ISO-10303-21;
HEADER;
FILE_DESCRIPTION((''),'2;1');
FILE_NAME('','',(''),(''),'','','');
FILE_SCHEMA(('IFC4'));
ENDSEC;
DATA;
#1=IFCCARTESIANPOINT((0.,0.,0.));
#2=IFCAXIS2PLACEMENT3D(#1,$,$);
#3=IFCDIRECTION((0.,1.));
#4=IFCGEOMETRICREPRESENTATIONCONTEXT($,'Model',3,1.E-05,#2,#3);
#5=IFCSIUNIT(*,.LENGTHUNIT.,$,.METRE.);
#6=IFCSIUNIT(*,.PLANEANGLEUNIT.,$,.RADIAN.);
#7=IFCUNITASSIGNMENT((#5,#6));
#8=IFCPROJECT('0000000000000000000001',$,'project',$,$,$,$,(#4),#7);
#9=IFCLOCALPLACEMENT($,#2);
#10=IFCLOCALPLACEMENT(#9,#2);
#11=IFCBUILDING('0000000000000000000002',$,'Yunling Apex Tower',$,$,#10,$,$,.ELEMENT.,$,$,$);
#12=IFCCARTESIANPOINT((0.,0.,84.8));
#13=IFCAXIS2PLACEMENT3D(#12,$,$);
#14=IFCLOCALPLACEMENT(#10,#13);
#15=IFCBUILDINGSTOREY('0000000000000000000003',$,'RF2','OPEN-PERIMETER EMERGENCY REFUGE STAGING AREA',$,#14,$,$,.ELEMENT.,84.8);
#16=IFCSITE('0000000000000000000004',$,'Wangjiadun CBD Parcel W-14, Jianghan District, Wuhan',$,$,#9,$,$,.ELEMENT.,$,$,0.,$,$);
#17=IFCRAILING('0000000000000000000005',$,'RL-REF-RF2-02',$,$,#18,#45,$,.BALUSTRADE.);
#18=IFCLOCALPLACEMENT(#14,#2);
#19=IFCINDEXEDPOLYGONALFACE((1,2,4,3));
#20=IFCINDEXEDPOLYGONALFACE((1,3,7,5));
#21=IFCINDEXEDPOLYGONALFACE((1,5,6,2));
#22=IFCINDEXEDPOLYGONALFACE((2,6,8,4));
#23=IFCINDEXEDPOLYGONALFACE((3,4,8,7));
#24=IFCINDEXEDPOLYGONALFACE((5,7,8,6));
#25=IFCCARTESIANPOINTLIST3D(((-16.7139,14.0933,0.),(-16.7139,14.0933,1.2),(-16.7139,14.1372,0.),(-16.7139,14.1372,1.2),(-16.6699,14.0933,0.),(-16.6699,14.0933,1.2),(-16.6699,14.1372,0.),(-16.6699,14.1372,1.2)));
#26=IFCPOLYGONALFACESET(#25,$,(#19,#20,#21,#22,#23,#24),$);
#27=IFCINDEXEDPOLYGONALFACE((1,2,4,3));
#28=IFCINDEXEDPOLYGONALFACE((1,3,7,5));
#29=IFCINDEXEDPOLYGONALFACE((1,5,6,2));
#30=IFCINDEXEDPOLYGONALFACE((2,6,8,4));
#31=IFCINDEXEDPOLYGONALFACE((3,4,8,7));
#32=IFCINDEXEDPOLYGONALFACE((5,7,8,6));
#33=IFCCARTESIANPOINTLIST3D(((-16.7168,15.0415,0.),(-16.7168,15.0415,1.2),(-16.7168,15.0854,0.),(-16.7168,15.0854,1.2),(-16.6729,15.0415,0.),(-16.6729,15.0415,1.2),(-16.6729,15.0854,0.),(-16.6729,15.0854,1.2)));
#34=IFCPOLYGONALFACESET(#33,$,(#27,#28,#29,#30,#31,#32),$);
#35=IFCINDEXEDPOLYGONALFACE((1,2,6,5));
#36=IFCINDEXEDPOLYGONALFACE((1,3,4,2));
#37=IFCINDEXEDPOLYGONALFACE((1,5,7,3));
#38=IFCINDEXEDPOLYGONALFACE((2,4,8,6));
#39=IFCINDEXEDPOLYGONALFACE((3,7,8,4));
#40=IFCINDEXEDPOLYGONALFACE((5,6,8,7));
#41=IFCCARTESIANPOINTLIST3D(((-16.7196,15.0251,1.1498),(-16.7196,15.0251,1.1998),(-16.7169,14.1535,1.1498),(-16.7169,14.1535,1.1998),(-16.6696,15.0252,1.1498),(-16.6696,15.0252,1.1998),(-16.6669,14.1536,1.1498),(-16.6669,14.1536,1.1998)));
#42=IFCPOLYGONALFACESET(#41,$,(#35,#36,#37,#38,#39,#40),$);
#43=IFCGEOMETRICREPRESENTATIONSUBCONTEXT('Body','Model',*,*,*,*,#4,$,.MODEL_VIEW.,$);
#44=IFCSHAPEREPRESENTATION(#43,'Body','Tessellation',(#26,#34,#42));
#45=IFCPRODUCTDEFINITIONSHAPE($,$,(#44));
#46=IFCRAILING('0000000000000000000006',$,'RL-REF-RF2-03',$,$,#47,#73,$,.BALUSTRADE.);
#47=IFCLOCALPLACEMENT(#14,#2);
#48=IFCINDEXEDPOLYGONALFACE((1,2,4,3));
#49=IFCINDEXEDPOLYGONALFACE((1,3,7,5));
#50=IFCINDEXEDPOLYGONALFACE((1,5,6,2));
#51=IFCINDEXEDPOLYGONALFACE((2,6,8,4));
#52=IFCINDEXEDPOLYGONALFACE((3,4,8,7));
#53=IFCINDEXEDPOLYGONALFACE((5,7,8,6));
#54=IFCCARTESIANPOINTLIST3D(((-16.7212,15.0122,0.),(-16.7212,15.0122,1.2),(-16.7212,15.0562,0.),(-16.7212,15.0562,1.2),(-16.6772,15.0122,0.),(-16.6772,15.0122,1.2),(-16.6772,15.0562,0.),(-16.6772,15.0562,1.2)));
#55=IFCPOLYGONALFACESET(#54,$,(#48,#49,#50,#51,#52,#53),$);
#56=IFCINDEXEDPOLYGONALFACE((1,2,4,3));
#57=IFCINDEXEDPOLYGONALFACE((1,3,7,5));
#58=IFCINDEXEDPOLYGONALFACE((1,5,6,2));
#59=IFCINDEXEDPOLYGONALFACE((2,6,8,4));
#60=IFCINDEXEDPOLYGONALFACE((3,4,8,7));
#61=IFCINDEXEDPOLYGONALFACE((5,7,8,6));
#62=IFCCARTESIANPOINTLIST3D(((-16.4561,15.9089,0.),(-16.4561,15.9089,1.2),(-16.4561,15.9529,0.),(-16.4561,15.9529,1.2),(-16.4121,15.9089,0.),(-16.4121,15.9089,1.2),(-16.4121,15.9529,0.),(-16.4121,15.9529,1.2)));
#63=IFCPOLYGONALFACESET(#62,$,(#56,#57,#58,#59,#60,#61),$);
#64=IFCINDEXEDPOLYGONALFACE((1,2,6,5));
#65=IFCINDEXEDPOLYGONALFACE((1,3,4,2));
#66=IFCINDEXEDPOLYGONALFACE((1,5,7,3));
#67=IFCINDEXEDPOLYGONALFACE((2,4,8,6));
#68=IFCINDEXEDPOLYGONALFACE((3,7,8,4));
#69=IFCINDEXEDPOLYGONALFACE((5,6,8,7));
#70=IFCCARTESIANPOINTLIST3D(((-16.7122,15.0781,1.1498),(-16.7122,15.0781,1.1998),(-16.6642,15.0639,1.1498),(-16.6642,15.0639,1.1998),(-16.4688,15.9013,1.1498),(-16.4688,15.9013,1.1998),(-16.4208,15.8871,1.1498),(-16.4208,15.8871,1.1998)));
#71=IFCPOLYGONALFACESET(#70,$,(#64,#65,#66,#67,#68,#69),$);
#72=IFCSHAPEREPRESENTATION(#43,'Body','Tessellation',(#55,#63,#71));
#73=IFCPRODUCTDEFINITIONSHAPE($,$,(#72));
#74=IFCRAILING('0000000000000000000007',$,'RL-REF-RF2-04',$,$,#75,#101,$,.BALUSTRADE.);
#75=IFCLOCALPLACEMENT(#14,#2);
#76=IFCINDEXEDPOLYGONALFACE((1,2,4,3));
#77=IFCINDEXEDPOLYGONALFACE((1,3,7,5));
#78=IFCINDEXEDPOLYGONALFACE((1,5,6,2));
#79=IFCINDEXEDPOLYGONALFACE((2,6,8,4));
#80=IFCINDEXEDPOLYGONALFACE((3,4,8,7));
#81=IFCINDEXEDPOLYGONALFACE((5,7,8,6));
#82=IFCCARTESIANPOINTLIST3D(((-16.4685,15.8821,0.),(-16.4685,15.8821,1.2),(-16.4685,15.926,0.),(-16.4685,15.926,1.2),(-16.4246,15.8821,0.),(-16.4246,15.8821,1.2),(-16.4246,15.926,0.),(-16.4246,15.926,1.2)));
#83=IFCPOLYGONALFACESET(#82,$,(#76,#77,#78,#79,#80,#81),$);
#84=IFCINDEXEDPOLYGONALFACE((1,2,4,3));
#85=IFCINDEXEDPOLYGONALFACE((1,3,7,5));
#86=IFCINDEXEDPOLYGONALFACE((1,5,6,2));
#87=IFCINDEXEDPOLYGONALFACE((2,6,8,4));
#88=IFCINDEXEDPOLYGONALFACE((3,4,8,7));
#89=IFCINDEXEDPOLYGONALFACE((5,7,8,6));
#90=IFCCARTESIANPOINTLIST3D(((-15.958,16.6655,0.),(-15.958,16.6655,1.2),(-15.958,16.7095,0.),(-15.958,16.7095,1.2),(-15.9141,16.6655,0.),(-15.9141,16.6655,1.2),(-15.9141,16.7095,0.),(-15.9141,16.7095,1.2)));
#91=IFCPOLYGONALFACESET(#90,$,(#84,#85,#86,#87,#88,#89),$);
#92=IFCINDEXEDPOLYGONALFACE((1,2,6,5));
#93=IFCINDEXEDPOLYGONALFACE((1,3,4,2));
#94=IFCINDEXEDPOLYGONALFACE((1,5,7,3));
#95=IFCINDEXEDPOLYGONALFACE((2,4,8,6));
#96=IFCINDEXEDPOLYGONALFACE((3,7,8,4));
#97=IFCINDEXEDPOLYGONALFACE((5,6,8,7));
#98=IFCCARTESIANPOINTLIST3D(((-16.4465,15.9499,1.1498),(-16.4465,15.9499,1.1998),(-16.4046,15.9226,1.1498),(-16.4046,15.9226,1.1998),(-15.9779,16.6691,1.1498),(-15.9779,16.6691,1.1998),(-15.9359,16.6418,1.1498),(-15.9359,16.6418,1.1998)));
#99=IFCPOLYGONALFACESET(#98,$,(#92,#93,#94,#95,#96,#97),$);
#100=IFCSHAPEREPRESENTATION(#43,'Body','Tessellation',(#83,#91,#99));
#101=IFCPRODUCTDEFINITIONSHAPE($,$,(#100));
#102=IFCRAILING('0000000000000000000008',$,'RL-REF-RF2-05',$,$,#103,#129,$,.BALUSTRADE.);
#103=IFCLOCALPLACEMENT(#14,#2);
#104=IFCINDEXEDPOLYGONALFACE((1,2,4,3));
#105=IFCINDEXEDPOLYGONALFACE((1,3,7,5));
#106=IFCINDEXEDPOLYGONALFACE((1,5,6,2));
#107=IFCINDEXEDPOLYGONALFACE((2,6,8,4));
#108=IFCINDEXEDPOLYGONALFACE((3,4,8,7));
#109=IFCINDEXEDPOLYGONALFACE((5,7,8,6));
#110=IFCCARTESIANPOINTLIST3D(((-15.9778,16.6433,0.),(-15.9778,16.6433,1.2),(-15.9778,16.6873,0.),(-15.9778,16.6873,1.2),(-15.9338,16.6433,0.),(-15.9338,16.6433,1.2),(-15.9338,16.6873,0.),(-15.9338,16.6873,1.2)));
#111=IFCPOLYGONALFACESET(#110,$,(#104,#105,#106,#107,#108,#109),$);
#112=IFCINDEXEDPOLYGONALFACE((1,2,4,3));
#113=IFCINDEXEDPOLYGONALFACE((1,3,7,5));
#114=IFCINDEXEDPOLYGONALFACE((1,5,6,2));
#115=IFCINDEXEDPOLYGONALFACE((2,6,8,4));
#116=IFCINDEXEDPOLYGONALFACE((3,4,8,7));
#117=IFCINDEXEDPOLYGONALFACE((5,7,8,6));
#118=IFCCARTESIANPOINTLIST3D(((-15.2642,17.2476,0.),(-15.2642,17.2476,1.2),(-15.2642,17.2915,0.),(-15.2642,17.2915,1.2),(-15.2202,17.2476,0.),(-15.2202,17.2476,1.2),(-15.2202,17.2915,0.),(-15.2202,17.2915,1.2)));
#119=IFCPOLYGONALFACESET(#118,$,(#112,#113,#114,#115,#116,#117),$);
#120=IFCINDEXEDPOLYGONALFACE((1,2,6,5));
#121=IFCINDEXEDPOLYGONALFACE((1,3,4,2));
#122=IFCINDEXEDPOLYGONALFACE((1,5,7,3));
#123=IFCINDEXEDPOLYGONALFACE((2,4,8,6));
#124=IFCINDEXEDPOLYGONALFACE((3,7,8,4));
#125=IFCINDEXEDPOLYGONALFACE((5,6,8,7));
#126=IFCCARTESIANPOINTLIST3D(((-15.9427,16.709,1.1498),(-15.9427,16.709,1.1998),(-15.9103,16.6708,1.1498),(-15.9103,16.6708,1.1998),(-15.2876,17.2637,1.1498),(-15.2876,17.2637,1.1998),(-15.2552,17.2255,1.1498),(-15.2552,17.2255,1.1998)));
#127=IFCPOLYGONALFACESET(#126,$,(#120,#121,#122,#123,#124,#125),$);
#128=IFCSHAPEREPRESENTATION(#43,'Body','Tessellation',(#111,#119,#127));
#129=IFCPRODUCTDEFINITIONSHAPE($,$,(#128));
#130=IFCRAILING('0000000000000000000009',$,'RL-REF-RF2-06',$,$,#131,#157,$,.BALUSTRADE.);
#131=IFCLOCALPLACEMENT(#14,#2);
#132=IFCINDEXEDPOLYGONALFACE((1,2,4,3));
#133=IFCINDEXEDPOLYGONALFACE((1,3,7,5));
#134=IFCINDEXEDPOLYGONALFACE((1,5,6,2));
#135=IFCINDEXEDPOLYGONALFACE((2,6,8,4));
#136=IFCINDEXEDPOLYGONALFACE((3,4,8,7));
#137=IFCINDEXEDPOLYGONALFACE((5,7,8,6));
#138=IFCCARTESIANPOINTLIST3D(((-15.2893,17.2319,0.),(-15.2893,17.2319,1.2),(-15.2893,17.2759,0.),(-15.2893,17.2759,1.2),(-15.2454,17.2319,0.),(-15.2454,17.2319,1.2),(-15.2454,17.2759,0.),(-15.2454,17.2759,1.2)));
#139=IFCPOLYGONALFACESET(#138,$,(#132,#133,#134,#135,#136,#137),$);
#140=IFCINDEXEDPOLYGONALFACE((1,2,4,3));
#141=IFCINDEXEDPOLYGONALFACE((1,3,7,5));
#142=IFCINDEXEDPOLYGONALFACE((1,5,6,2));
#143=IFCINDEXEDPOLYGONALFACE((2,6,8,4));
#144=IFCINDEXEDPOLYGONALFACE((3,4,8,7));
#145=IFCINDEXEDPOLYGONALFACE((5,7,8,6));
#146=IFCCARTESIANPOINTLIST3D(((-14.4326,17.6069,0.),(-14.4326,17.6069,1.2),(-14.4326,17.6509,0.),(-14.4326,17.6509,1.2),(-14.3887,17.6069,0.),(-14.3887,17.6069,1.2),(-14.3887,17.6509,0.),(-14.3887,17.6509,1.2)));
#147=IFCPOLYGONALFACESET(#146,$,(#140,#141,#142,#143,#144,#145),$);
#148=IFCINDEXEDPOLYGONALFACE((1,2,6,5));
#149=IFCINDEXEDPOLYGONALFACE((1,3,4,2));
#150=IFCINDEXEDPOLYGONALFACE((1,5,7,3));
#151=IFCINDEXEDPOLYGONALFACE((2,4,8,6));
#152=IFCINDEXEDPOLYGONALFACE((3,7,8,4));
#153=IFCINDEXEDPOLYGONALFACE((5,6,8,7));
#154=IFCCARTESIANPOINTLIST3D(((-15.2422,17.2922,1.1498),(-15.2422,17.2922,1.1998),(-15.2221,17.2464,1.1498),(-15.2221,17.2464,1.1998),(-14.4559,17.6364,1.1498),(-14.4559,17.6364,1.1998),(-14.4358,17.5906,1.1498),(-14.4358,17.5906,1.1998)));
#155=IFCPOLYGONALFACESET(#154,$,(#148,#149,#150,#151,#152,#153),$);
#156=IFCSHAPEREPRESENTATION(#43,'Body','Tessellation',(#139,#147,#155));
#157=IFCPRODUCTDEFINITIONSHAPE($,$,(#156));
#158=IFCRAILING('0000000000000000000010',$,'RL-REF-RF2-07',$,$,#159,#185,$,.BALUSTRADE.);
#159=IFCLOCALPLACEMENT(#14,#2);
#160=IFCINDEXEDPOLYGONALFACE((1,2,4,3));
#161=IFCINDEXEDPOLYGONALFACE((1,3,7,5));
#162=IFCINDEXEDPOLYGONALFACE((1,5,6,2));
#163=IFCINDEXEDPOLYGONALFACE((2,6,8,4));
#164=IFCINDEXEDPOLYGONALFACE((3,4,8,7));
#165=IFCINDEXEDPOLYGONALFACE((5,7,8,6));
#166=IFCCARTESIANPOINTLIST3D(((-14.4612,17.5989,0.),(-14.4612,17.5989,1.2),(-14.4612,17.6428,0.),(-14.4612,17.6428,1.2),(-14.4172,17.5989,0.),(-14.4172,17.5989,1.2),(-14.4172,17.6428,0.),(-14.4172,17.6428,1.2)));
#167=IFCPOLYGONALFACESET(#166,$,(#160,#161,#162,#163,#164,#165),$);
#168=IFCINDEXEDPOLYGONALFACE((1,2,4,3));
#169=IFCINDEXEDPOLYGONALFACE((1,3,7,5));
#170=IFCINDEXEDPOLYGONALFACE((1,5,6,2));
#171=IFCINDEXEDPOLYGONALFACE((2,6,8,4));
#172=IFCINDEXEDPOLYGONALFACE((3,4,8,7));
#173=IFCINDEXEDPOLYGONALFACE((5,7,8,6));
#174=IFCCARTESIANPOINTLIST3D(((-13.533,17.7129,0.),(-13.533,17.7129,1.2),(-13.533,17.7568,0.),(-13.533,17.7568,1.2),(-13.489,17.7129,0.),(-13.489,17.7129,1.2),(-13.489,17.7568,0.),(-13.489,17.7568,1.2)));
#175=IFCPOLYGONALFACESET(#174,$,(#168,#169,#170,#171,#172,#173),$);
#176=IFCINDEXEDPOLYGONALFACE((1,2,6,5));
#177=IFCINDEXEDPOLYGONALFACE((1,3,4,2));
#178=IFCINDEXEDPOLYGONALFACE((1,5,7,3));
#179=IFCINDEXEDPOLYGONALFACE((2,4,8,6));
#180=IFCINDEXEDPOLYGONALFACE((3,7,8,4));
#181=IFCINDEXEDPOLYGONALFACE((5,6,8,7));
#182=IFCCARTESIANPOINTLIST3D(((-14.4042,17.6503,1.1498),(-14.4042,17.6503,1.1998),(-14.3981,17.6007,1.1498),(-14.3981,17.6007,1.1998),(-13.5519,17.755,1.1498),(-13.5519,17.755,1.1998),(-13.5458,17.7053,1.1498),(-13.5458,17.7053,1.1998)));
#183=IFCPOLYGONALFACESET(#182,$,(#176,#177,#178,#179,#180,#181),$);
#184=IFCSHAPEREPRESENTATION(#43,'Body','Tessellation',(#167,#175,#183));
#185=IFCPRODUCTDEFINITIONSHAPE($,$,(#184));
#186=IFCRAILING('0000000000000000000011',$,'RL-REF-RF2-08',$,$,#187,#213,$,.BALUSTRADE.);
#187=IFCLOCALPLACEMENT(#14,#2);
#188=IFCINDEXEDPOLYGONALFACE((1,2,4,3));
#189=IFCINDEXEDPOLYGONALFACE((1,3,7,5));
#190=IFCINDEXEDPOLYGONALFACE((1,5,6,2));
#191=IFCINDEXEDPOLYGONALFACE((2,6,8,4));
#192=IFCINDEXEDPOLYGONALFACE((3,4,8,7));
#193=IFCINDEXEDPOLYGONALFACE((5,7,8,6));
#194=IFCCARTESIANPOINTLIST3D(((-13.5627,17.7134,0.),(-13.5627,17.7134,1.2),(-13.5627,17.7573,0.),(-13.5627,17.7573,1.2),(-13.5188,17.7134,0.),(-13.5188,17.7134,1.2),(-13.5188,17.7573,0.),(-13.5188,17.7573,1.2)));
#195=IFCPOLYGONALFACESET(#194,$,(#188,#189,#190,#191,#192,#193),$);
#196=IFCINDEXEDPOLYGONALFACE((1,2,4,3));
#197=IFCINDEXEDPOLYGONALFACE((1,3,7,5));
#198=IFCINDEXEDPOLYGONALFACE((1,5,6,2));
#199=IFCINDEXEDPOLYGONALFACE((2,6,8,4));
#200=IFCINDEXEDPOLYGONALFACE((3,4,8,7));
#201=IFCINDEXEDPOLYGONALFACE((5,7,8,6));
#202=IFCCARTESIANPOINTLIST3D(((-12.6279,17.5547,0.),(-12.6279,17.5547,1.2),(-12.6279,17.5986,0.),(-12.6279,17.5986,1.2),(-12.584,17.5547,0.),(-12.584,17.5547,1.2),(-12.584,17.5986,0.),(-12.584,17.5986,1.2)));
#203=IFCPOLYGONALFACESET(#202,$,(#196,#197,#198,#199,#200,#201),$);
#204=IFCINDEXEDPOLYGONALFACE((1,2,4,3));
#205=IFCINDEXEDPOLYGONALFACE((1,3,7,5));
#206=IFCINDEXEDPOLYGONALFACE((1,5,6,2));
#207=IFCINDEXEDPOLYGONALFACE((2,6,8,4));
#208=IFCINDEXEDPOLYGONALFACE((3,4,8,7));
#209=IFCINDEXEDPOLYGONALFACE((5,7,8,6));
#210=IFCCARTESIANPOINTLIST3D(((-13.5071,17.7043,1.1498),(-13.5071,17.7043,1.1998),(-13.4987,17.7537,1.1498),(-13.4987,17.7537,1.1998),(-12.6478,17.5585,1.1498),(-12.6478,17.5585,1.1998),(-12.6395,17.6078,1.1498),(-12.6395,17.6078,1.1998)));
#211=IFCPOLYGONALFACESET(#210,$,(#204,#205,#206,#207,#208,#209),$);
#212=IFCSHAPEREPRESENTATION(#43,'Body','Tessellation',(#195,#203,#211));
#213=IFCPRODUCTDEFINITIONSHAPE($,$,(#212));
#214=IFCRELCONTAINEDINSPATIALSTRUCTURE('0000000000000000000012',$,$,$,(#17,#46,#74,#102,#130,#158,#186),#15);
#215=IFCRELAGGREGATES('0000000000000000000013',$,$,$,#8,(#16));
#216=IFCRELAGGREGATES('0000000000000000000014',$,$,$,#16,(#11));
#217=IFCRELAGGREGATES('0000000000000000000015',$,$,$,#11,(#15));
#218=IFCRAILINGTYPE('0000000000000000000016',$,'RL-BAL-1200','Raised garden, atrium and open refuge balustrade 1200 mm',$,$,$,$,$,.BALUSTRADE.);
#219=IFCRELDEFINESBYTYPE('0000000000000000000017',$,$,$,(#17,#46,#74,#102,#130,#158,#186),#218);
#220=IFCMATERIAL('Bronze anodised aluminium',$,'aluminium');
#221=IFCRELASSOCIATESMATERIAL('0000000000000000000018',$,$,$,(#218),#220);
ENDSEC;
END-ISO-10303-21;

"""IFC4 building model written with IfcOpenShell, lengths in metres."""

from ifc_helpers import new_model, si_unit, direction, frame, origin, origin_2d, place, context, subcontext, project, spatial, rectangle, extrude, material, type_object, element, save


model = new_model("IFC4")

# Units and contexts
model_context = context("Model", 3, precision=1e-05, world=origin(), true_north=direction((0.0, 1.0)))
body_context = subcontext(model_context, "Body", "Model", "MODEL_VIEW")
ifc_project = project(units=[si_unit("LENGTHUNIT", "METRE"), si_unit("PLANEANGLEUNIT", "RADIAN")], contexts=[model_context])

# Site, building, storey
site_placement = place(None, origin())
site = spatial("IfcSite", under=ifc_project, at=site_placement, Name="Wangjiadun CBD Parcel W-14, Jianghan District, Wuhan", CompositionType="ELEMENT", RefElevation=0.0)
building_placement = place(site_placement, origin())
building = spatial("IfcBuilding", under=site, at=building_placement, Name="Yunling Apex Tower", CompositionType="ELEMENT")
storey_placement = place(building_placement, frame((0.0, 0.0, 84.8)))
storey = spatial("IfcBuildingStorey", under=building, at=storey_placement, Name="RF2", Description="OPEN-PERIMETER EMERGENCY REFUGE STAGING AREA", CompositionType="ELEMENT", Elevation=84.8)

# Railings
ifc_material_1 = material(Name="Bronze anodised aluminium", Category="aluminium")
railing_type = type_object("IfcRailingType", Name="RL-BAL-1200", Description="Raised garden, atrium and open refuge balustrade 1200 mm", PredefinedType="BALUSTRADE", material=ifc_material_1)
railing_1_placement = place(storey_placement, frame((-16.6919, 14.1152, 0.0)))
element("IfcRailing", 1, at=railing_1_placement, inside=storey, type_object=railing_type, Name="RL-REF-RF2-02", PredefinedType="BALUSTRADE", context=body_context, shape_type="SweptSolid", body=[
    extrude(rectangle(XDim=0.0439, YDim=0.0439, at=origin_2d()), origin(), (0.0, 0.0, 1.0), 1.2),
    extrude(rectangle(XDim=0.0439, YDim=0.0439, at=origin_2d()), frame((-0.0029, 0.9482, 0.0)), (0.0, 0.0, 1.0), 1.2),
    extrude(rectangle(XDim=0.05, YDim=0.05, at=origin_2d()), frame((0.0, 0.0383, 1.1748), z_axis=(-0.00309, 0.999995, 0.0), x_axis=(-0.999995, -0.00309, 0.0)), (0.0, 0.0, 1.0), 0.8716),
])
railing_2_placement = place(storey_placement, frame((-16.6992, 15.0342, 0.0)))
element("IfcRailing", 2, at=railing_2_placement, inside=storey, type_object=railing_type, Name="RL-REF-RF2-03", PredefinedType="BALUSTRADE", context=body_context, shape_type="SweptSolid", body=[
    extrude(rectangle(XDim=0.0439, YDim=0.0439, at=origin_2d()), origin(), (0.0, 0.0, 1.0), 1.2),
    extrude(rectangle(XDim=0.0439, YDim=0.0439, at=origin_2d()), frame((0.2651, 0.8967, 0.0)), (0.0, 0.0, 1.0), 1.2),
    extrude(rectangle(XDim=0.05, YDim=0.05, at=origin_2d()), frame((0.011, 0.0369, 1.1748), z_axis=(0.283537, 0.958961, 0.0), x_axis=(-0.958961, 0.283537, 0.0)), (0.0, 0.0, 1.0), 0.8584),
])
railing_3_placement = place(storey_placement, frame((-16.4465, 15.9041, 0.0)))
element("IfcRailing", 3, at=railing_3_placement, inside=storey, type_object=railing_type, Name="RL-REF-RF2-04", PredefinedType="BALUSTRADE", context=body_context, shape_type="SweptSolid", body=[
    extrude(rectangle(XDim=0.0439, YDim=0.0439, at=origin_2d()), origin(), (0.0, 0.0, 1.0), 1.2),
    extrude(rectangle(XDim=0.0439, YDim=0.0439, at=origin_2d()), frame((0.5105, 0.7834, 0.0)), (0.0, 0.0, 1.0), 1.2),
    extrude(rectangle(XDim=0.05, YDim=0.05, at=origin_2d()), frame((0.021, 0.0322, 1.1748), z_axis=(0.545933, 0.837829, 0.0), x_axis=(-0.837829, 0.545933, 0.0)), (0.0, 0.0, 1.0), 0.8584),
])
railing_4_placement = place(storey_placement, frame((-15.9558, 16.6653, 0.0)))
element("IfcRailing", 4, at=railing_4_placement, inside=storey, type_object=railing_type, Name="RL-REF-RF2-05", PredefinedType="BALUSTRADE", context=body_context, shape_type="SweptSolid", body=[
    extrude(rectangle(XDim=0.0439, YDim=0.0439, at=origin_2d()), origin(), (0.0, 0.0, 1.0), 1.2),
    extrude(rectangle(XDim=0.0439, YDim=0.0439, at=origin_2d()), frame((0.7136, 0.6042, 0.0)), (0.0, 0.0, 1.0), 1.2),
    extrude(rectangle(XDim=0.05, YDim=0.05, at=origin_2d()), frame((0.0293, 0.0247, 1.1748), z_axis=(0.763168, 0.6462, 0.0), x_axis=(-0.6462, 0.763168, 0.0)), (0.0, 0.0, 1.0), 0.8584),
])
railing_5_placement = place(storey_placement, frame((-15.2673, 17.2539, 0.0)))
element("IfcRailing", 5, at=railing_5_placement, inside=storey, type_object=railing_type, Name="RL-REF-RF2-06", PredefinedType="BALUSTRADE", context=body_context, shape_type="SweptSolid", body=[
    extrude(rectangle(XDim=0.0439, YDim=0.0439, at=origin_2d()), origin(), (0.0, 0.0, 1.0), 1.2),
    extrude(rectangle(XDim=0.0439, YDim=0.0439, at=origin_2d()), frame((0.8567, 0.375, 0.0)), (0.0, 0.0, 1.0), 1.2),
    extrude(rectangle(XDim=0.05, YDim=0.05, at=origin_2d()), frame((0.0352, 0.0154, 1.1748), z_axis=(0.916079, 0.400997, 0.0), x_axis=(-0.400997, 0.916079, 0.0)), (0.0, 0.0, 1.0), 0.8584),
])
railing_6_placement = place(storey_placement, frame((-14.4392, 17.6208, 0.0)))
element("IfcRailing", 6, at=railing_6_placement, inside=storey, type_object=railing_type, Name="RL-REF-RF2-07", PredefinedType="BALUSTRADE", context=body_context, shape_type="SweptSolid", body=[
    extrude(rectangle(XDim=0.0439, YDim=0.0439, at=origin_2d()), origin(), (0.0, 0.0, 1.0), 1.2),
    extrude(rectangle(XDim=0.0439, YDim=0.0439, at=origin_2d()), frame((0.9282, 0.114, 0.0)), (0.0, 0.0, 1.0), 1.2),
    extrude(rectangle(XDim=0.05, YDim=0.05, at=origin_2d()), frame((0.0381, 0.0046, 1.1748), z_axis=(0.992541, 0.121914, 0.0), x_axis=(-0.121914, 0.992541, 0.0)), (0.0, 0.0, 1.0), 0.8586),
])
railing_7_placement = place(storey_placement, frame((-13.5408, 17.7354, 0.0)))
element("IfcRailing", 7, at=railing_7_placement, inside=storey, type_object=railing_type, Name="RL-REF-RF2-08", PredefinedType="BALUSTRADE", context=body_context, shape_type="SweptSolid", body=[
    extrude(rectangle(XDim=0.0439, YDim=0.0439, at=origin_2d()), origin(), (0.0, 0.0, 1.0), 1.2),
    extrude(rectangle(XDim=0.0439, YDim=0.0439, at=origin_2d()), frame((0.9348, -0.1587, 0.0)), (0.0, 0.0, 1.0), 1.2),
    extrude(rectangle(XDim=0.05, YDim=0.05, at=origin_2d()), frame((0.0378, -0.0063, 1.1748), z_axis=(0.985895, -0.167363, 0.0), x_axis=(0.167363, 0.985895, 0.0)), (0.0, 0.0, 1.0), 0.8716),
])

save(model, "model.ifc")
